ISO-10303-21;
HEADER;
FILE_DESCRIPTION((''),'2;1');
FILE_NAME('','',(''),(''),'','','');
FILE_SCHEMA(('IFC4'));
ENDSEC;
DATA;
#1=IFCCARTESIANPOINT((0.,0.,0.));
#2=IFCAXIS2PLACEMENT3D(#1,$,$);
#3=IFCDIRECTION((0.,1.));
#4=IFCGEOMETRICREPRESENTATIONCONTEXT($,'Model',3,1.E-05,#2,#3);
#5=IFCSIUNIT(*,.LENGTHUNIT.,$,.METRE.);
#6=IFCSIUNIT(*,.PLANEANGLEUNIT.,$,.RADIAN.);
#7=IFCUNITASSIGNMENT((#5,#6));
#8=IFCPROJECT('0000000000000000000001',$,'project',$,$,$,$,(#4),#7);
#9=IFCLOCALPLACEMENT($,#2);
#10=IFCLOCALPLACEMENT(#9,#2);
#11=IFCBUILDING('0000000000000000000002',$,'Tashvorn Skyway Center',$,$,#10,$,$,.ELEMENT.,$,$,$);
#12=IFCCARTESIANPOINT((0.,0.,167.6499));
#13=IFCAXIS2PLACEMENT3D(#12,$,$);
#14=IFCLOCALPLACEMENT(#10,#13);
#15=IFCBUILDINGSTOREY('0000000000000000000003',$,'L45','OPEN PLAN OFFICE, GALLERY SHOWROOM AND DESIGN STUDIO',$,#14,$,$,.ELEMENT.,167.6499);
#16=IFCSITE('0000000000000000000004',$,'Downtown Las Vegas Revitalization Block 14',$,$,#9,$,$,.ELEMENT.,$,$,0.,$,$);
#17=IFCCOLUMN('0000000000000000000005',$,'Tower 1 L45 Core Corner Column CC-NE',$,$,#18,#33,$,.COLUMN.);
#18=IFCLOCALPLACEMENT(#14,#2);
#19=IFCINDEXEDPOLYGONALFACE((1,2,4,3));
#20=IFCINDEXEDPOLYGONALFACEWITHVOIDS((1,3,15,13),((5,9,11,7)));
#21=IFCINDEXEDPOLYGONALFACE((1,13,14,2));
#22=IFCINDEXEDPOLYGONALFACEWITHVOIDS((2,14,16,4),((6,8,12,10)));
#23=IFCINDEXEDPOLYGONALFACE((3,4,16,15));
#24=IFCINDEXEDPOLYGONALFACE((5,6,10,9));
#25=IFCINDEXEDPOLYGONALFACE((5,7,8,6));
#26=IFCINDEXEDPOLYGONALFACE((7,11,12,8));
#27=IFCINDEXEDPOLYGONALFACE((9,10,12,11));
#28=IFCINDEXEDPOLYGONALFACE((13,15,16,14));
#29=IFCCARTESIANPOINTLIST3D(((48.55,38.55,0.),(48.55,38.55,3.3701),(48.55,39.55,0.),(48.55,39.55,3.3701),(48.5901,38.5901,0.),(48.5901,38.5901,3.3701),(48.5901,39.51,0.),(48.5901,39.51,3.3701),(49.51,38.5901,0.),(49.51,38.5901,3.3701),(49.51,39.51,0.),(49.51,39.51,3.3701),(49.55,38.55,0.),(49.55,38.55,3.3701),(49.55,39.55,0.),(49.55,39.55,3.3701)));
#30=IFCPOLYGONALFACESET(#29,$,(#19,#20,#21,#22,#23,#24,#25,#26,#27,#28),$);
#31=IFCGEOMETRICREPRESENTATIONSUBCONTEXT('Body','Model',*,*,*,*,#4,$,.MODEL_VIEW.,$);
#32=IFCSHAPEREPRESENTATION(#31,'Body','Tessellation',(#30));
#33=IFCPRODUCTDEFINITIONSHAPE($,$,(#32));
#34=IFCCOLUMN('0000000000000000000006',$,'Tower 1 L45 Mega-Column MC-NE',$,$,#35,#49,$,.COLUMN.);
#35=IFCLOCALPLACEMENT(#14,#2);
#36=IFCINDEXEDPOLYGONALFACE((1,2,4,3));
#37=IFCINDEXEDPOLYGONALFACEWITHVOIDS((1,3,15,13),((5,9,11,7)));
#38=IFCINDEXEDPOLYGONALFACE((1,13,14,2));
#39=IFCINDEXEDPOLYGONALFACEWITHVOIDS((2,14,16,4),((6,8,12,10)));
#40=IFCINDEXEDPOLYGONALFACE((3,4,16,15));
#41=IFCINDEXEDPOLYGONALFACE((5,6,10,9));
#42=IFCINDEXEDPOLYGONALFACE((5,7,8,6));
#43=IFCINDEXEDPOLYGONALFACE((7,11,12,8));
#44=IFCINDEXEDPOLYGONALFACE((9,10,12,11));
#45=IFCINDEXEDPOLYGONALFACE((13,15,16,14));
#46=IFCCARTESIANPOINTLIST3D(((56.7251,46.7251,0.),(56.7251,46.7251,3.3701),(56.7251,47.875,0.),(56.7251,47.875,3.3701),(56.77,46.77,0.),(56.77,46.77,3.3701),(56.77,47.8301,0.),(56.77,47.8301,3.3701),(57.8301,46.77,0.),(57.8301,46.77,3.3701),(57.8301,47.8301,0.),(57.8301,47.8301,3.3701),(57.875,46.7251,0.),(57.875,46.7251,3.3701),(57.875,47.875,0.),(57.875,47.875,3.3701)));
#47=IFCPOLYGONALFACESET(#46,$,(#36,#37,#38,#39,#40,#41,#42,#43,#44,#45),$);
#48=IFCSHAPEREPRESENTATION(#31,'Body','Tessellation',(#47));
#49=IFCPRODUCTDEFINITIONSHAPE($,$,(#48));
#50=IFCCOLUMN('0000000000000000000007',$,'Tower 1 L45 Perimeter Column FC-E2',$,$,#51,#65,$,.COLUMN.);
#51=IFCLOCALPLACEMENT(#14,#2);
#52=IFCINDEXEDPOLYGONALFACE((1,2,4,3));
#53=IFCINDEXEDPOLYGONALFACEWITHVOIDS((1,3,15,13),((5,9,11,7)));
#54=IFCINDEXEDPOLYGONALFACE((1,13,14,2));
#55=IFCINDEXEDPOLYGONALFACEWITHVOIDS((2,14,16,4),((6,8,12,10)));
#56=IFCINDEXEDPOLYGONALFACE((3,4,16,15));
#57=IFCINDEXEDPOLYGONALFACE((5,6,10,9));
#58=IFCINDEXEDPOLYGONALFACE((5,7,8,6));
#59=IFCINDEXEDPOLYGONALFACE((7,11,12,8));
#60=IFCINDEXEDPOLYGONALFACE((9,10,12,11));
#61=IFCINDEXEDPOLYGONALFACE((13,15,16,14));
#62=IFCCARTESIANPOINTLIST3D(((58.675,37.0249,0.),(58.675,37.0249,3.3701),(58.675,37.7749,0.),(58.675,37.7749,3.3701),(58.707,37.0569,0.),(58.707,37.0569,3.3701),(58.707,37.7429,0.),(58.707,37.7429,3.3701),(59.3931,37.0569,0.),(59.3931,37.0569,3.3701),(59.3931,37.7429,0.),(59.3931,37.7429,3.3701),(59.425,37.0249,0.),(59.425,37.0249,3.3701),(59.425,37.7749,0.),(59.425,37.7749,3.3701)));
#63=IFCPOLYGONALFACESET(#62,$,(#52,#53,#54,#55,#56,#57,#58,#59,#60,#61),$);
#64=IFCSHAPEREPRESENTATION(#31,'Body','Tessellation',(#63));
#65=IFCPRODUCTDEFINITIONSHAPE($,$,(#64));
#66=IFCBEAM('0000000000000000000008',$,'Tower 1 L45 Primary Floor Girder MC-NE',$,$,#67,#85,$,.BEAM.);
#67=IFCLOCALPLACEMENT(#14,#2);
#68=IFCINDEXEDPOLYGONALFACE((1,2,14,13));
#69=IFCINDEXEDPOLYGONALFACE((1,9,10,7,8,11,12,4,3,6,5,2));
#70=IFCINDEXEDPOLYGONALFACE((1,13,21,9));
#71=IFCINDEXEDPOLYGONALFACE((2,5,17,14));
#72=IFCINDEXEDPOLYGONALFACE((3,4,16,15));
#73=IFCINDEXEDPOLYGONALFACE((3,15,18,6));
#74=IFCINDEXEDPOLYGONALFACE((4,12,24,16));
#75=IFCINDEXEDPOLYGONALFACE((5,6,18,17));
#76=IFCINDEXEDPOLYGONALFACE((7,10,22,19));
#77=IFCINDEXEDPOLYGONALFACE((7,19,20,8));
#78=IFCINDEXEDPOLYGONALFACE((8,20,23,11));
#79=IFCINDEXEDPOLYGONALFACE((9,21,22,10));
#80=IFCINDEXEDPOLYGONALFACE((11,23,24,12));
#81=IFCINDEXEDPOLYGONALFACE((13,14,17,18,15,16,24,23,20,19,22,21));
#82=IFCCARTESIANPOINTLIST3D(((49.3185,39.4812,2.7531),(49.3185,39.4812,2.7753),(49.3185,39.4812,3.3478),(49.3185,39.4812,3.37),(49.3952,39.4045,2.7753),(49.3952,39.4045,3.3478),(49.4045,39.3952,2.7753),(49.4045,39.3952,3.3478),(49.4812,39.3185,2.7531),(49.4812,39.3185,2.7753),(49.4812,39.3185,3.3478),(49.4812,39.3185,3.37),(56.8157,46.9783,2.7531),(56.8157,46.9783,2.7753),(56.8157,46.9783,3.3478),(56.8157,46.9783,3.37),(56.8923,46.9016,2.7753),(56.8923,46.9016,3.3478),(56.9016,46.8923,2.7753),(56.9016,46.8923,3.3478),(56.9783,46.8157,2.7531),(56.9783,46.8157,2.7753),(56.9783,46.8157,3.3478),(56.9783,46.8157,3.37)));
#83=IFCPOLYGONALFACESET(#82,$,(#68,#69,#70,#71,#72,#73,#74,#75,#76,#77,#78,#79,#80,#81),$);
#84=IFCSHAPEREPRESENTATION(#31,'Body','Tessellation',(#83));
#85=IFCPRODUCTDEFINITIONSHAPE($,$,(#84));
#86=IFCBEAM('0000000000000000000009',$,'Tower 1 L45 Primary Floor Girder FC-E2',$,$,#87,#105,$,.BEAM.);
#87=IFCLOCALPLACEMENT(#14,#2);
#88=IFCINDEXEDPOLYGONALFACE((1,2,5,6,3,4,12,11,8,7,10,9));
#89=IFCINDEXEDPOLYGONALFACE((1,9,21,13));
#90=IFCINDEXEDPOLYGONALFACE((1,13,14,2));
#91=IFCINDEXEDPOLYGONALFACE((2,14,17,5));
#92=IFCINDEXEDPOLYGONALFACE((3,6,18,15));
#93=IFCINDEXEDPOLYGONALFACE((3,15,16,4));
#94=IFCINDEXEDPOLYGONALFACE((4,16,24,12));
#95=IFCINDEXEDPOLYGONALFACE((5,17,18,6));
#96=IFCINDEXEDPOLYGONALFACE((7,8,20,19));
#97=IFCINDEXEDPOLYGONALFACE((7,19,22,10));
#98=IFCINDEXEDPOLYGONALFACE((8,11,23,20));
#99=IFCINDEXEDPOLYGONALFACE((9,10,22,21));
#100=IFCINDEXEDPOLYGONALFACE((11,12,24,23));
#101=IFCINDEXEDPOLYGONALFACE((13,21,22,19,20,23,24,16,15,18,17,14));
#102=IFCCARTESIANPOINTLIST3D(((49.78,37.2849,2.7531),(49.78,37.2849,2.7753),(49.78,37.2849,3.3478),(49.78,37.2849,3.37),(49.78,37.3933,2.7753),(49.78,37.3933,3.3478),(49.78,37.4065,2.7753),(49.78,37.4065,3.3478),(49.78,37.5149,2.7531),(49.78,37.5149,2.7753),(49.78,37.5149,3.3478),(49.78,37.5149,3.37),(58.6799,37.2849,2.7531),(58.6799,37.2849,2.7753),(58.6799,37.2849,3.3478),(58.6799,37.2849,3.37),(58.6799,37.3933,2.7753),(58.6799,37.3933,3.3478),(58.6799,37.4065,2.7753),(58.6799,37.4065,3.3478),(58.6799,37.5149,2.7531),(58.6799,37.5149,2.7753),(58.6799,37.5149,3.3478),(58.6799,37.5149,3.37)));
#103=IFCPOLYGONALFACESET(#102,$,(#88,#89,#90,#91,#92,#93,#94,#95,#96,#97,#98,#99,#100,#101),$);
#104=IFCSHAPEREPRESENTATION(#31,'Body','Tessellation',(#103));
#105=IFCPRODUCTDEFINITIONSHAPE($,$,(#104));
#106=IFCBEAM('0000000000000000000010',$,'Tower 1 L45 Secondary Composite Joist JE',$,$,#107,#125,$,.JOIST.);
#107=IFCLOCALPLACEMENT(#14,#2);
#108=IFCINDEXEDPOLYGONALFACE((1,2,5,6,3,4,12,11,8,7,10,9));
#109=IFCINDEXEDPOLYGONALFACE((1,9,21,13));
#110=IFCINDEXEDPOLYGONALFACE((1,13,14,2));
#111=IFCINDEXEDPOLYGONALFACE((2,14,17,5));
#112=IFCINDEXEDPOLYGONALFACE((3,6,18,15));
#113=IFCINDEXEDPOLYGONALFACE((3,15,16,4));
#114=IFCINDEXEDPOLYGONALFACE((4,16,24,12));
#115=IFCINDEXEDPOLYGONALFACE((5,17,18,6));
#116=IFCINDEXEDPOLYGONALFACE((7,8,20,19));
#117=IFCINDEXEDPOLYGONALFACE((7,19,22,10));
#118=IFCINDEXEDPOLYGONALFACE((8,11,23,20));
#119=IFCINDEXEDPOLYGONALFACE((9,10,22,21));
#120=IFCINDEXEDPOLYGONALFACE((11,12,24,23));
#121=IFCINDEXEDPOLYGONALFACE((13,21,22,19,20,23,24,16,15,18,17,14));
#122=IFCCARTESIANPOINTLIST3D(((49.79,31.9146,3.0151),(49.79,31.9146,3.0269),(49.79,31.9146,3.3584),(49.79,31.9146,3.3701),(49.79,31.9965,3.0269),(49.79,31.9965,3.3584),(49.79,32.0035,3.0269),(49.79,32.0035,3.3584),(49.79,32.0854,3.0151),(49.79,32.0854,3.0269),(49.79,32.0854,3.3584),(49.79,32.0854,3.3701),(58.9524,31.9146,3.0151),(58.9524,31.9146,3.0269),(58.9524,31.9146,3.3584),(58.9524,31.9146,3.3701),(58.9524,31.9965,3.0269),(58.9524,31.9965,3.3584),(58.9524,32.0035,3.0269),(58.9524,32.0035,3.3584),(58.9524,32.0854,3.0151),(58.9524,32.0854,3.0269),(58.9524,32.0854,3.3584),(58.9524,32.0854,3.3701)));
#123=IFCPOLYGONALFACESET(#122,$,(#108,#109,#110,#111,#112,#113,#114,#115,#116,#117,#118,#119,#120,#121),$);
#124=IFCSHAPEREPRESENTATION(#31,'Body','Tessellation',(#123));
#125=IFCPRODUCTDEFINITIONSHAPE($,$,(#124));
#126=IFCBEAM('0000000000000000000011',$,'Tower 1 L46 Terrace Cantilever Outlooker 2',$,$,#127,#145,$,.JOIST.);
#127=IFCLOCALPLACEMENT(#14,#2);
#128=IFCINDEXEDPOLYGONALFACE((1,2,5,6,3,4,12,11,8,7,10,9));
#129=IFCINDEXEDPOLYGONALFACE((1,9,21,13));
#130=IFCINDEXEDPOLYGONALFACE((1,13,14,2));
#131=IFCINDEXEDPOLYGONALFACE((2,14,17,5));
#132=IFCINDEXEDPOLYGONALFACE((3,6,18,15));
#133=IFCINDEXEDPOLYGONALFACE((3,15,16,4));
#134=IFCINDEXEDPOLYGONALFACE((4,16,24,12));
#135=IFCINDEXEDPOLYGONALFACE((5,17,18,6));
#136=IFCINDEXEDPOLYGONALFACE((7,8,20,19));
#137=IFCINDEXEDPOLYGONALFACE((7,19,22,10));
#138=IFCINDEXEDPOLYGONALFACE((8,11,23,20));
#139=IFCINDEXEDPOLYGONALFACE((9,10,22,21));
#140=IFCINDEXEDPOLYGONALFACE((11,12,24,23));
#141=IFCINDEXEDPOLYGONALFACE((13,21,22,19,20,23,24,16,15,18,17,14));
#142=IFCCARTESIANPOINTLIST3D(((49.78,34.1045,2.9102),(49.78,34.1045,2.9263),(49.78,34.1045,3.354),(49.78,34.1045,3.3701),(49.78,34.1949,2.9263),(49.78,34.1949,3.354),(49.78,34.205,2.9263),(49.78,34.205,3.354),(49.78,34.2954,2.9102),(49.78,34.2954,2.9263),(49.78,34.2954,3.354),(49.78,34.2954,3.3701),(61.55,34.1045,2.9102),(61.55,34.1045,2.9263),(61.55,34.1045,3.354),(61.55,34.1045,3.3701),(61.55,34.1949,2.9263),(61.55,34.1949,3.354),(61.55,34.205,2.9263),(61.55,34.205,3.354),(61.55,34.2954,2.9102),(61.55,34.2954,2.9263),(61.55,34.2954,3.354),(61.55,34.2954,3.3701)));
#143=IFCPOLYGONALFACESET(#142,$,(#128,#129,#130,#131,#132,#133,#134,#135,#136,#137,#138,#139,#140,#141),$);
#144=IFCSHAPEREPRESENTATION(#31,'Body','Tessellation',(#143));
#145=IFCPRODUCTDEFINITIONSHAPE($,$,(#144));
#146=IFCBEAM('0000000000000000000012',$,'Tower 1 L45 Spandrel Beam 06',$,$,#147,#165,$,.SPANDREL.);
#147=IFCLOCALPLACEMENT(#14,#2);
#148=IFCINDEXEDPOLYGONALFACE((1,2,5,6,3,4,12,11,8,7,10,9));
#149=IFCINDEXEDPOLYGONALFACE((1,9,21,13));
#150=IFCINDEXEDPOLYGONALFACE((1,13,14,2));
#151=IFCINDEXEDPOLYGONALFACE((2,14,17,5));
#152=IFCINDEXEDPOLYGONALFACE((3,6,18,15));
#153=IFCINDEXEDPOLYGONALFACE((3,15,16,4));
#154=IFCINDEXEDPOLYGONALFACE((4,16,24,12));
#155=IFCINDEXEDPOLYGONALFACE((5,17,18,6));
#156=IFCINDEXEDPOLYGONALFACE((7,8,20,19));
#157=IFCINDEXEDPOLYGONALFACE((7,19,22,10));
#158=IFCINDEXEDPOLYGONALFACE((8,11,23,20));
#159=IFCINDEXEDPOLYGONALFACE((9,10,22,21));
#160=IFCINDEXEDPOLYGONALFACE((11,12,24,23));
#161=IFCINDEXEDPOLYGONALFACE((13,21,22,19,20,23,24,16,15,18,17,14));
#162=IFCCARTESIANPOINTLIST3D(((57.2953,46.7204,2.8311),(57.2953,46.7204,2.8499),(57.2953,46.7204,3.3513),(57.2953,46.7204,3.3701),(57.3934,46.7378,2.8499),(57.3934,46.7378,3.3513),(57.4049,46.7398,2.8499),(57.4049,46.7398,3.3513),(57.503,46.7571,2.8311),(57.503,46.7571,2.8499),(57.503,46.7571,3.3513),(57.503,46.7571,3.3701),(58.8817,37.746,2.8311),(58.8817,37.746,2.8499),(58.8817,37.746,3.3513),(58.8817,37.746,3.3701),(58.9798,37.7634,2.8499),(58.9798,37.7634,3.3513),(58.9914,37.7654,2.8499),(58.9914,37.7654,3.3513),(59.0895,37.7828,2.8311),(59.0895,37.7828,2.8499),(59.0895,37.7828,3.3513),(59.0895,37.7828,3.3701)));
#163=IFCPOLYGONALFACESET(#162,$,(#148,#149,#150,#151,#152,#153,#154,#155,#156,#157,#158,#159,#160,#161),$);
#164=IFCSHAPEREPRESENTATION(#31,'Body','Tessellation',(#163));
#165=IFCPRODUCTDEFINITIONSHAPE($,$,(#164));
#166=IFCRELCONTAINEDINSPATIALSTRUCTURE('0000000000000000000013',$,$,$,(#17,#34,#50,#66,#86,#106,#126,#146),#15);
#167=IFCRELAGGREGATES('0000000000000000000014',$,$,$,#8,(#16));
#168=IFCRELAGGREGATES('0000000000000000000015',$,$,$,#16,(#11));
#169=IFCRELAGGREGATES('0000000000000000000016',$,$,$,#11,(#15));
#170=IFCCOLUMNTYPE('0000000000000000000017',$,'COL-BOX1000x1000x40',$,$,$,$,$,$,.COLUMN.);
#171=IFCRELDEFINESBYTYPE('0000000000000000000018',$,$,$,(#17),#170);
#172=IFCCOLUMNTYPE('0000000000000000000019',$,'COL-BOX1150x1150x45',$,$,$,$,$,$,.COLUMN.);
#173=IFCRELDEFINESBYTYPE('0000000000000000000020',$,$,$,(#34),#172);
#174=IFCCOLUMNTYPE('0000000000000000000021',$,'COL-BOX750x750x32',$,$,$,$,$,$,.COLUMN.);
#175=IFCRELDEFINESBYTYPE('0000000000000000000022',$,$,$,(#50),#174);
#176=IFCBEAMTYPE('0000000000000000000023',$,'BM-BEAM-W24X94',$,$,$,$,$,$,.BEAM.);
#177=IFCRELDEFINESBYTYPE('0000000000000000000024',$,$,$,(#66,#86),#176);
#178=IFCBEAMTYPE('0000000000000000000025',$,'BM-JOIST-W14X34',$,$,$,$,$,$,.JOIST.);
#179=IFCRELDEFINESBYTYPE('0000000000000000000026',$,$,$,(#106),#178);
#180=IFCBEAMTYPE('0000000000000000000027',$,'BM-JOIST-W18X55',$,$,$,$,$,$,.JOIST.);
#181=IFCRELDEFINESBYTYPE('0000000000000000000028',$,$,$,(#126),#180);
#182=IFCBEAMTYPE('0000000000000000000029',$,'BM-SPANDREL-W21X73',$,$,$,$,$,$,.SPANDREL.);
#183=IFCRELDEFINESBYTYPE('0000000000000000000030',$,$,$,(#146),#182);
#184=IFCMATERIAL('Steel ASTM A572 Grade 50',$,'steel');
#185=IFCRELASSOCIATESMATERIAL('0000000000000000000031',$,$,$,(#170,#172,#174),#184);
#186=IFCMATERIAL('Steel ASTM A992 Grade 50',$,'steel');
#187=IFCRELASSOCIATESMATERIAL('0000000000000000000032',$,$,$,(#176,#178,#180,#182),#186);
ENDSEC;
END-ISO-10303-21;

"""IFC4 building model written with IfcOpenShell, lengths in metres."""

from ifc_helpers import new_model, si_unit, direction, frame, origin, origin_2d, place, context, subcontext, project, spatial, hollow_rectangle, i_section, extrude, material, material_profile, profile_set, type_object, element, save


model = new_model("IFC4")

# Units and contexts
model_context = context("Model", 3, precision=1e-05, world=origin(), true_north=direction((0.0, 1.0)))
body_context = subcontext(model_context, "Body", "Model", "MODEL_VIEW")
ifc_project = project(units=[si_unit("LENGTHUNIT", "METRE"), si_unit("PLANEANGLEUNIT", "RADIAN")], contexts=[model_context])

# Site, building, storey
site_placement = place(None, origin())
site = spatial("IfcSite", under=ifc_project, at=site_placement, Name="Downtown Las Vegas Revitalization Block 14", CompositionType="ELEMENT", RefElevation=0.0)
building_placement = place(site_placement, origin())
building = spatial("IfcBuilding", under=site, at=building_placement, Name="Tashvorn Skyway Center", CompositionType="ELEMENT")
storey_placement = place(building_placement, frame((0.0, 0.0, 167.6499)))
storey = spatial("IfcBuildingStorey", under=building, at=storey_placement, Name="L45", Description="OPEN PLAN OFFICE, GALLERY SHOWROOM AND DESIGN STUDIO", CompositionType="ELEMENT", Elevation=167.6499)

# Columns
ifc_material_1 = material(Name="Steel ASTM A572 Grade 50", Category="steel")
ifc_material_profile_1 = material_profile(ifc_material_1, hollow_rectangle(XDim=1.0, YDim=1.0, WallThickness=0.04, at=origin_2d()), Name="BOX1000x1000x40")
ifc_profile_set_1 = profile_set([ifc_material_profile_1], Name="Steel ASTM A572 Grade 50")
column_type_1 = type_object("IfcColumnType", Name="COL-BOX1000x1000x40", PredefinedType="COLUMN", material=ifc_profile_set_1)
column_1_placement = place(storey_placement, frame((49.05, 39.05, 0.0), z_axis=(0.0, 0.0, 1.0), x_axis=(1.0, 0.0, 0.0)))
element("IfcColumn", 1, at=column_1_placement, inside=storey, type_object=column_type_1, Name="Tower 1 L45 Core Corner Column CC-NE", PredefinedType="COLUMN", context=body_context, shape_type="SweptSolid", body=[
    extrude(hollow_rectangle(XDim=1.0, YDim=1.0, WallThickness=0.04, at=origin_2d()), origin(), (0.0, 0.0, 1.0), 3.3701),
])
ifc_material_profile_2 = material_profile(ifc_material_1, hollow_rectangle(XDim=1.1499, YDim=1.1499, WallThickness=0.0449, at=origin_2d()), Name="BOX1150x1150x45")
ifc_profile_set_2 = profile_set([ifc_material_profile_2], Name="Steel ASTM A572 Grade 50")
column_type_2 = type_object("IfcColumnType", Name="COL-BOX1150x1150x45", PredefinedType="COLUMN", material=ifc_profile_set_2)
column_2_placement = place(storey_placement, frame((57.3, 47.3, 0.0), z_axis=(0.0, 0.0, 1.0), x_axis=(1.0, 0.0, 0.0)))
element("IfcColumn", 2, at=column_2_placement, inside=storey, type_object=column_type_2, Name="Tower 1 L45 Mega-Column MC-NE", PredefinedType="COLUMN", context=body_context, shape_type="SweptSolid", body=[
    extrude(hollow_rectangle(XDim=1.1499, YDim=1.1499, WallThickness=0.0449, at=origin_2d()), origin(), (0.0, 0.0, 1.0), 3.3701),
])
ifc_material_profile_3 = material_profile(ifc_material_1, hollow_rectangle(XDim=0.75, YDim=0.75, WallThickness=0.032, at=origin_2d()), Name="BOX750x750x32")
ifc_profile_set_3 = profile_set([ifc_material_profile_3], Name="Steel ASTM A572 Grade 50")
column_type_3 = type_object("IfcColumnType", Name="COL-BOX750x750x32", PredefinedType="COLUMN", material=ifc_profile_set_3)
column_3_placement = place(storey_placement, frame((59.05, 37.3999, 0.0), z_axis=(0.0, 0.0, 1.0), x_axis=(1.0, 0.0, 0.0)))
element("IfcColumn", 3, at=column_3_placement, inside=storey, type_object=column_type_3, Name="Tower 1 L45 Perimeter Column FC-E2", PredefinedType="COLUMN", context=body_context, shape_type="SweptSolid", body=[
    extrude(hollow_rectangle(XDim=0.75, YDim=0.75, WallThickness=0.032, at=origin_2d()), origin(), (0.0, 0.0, 1.0), 3.3701),
])

# Beams
ifc_material_2 = material(Name="Steel ASTM A992 Grade 50", Category="steel")
ifc_material_profile_4 = material_profile(ifc_material_2, i_section(OverallWidth=0.23, OverallDepth=0.6169, WebThickness=0.0132, FlangeThickness=0.0222, at=origin_2d()), Name="W24X94")
ifc_profile_set_4 = profile_set([ifc_material_profile_4], Name="Steel ASTM A992 Grade 50")
beam_type_1 = type_object("IfcBeamType", Name="BM-BEAM-W24X94", PredefinedType="BEAM", material=ifc_profile_set_4)
beam_1_placement = place(storey_placement, frame((56.897, 46.897, 3.0615), z_axis=(-0.707107, -0.707107, 0.0), x_axis=(0.707107, -0.707107, 0.0)))
element("IfcBeam", 4, at=beam_1_placement, inside=storey, type_object=beam_type_1, Name="Tower 1 L45 Primary Floor Girder MC-NE", PredefinedType="BEAM", context=body_context, shape_type="SweptSolid", body=[
    extrude(i_section(OverallWidth=0.23, OverallDepth=0.6169, WebThickness=0.0132, FlangeThickness=0.0222, at=origin_2d()), origin(), (0.0, 0.0, 1.0), 10.6025),
])
beam_2_placement = place(storey_placement, frame((58.6799, 37.3999, 3.0615), z_axis=(-1.0, 0.0, 0.0), x_axis=(0.0, -1.0, 0.0)))
element("IfcBeam", 5, at=beam_2_placement, inside=storey, type_object=beam_type_1, Name="Tower 1 L45 Primary Floor Girder FC-E2", PredefinedType="BEAM", context=body_context, shape_type="SweptSolid", body=[
    extrude(i_section(OverallWidth=0.23, OverallDepth=0.6169, WebThickness=0.0132, FlangeThickness=0.0222, at=origin_2d()), origin(), (0.0, 0.0, 1.0), 8.8999),
])
ifc_material_profile_5 = material_profile(ifc_material_2, i_section(OverallWidth=0.1709, OverallDepth=0.355, WebThickness=0.0071, FlangeThickness=0.0117, at=origin_2d()), Name="W14X34")
ifc_profile_set_5 = profile_set([ifc_material_profile_5], Name="Steel ASTM A992 Grade 50")
beam_type_2 = type_object("IfcBeamType", Name="BM-JOIST-W14X34", PredefinedType="JOIST", material=ifc_profile_set_5)
beam_3_placement = place(storey_placement, frame((49.79, 32.0, 3.1926), z_axis=(1.0, 0.0, 0.0), x_axis=(0.0, 1.0, 0.0)))
element("IfcBeam", 6, at=beam_3_placement, inside=storey, type_object=beam_type_2, Name="Tower 1 L45 Secondary Composite Joist JE", PredefinedType="JOIST", context=body_context, shape_type="SweptSolid", body=[
    extrude(i_section(OverallWidth=0.1709, OverallDepth=0.355, WebThickness=0.0071, FlangeThickness=0.0117, at=origin_2d()), origin(), (0.0, 0.0, 1.0), 9.1624),
])
ifc_material_profile_6 = material_profile(ifc_material_2, i_section(OverallWidth=0.1909, OverallDepth=0.46, WebThickness=0.01, FlangeThickness=0.0161, at=origin_2d()), Name="W18X55")
ifc_profile_set_6 = profile_set([ifc_material_profile_6], Name="Steel ASTM A992 Grade 50")
beam_type_3 = type_object("IfcBeamType", Name="BM-JOIST-W18X55", PredefinedType="JOIST", material=ifc_profile_set_6)
beam_4_placement = place(storey_placement, frame((49.78, 34.2, 3.1401), z_axis=(1.0, 0.0, 0.0), x_axis=(0.0, 1.0, 0.0)))
element("IfcBeam", 7, at=beam_4_placement, inside=storey, type_object=beam_type_3, Name="Tower 1 L46 Terrace Cantilever Outlooker 2", PredefinedType="JOIST", context=body_context, shape_type="SweptSolid", body=[
    extrude(i_section(OverallWidth=0.1909, OverallDepth=0.46, WebThickness=0.01, FlangeThickness=0.0161, at=origin_2d()), origin(), (0.0, 0.0, 1.0), 11.77),
])
ifc_material_profile_7 = material_profile(ifc_material_2, i_section(OverallWidth=0.2109, OverallDepth=0.5391, WebThickness=0.0117, FlangeThickness=0.0188, at=origin_2d()), Name="W21X73")
ifc_profile_set_7 = profile_set([ifc_material_profile_7], Name="Steel ASTM A992 Grade 50")
beam_type_4 = type_object("IfcBeamType", Name="BM-SPANDREL-W21X73", PredefinedType="SPANDREL", material=ifc_profile_set_7)
for number, where, z_axis, x_axis, name in (
    (8, (58.9856, 37.7644, 3.1006), (-0.174074, 0.984733, 0.0), (-0.984733, -0.174074, 0.0), "Tower 1 L45 Spandrel Beam 06"),
):
    element("IfcBeam", number, at=place(storey_placement, frame(where, z_axis=z_axis, x_axis=x_axis)), inside=storey, type_object=beam_type_4, Name=name, PredefinedType="SPANDREL", context=body_context, shape_type="SweptSolid", body=[
        extrude(i_section(OverallWidth=0.2109, OverallDepth=0.5391, WebThickness=0.0117, FlangeThickness=0.0188, at=origin_2d()), origin(), (0.0, 0.0, 1.0), 9.1135),
    ])

save(model, "model.ifc")
